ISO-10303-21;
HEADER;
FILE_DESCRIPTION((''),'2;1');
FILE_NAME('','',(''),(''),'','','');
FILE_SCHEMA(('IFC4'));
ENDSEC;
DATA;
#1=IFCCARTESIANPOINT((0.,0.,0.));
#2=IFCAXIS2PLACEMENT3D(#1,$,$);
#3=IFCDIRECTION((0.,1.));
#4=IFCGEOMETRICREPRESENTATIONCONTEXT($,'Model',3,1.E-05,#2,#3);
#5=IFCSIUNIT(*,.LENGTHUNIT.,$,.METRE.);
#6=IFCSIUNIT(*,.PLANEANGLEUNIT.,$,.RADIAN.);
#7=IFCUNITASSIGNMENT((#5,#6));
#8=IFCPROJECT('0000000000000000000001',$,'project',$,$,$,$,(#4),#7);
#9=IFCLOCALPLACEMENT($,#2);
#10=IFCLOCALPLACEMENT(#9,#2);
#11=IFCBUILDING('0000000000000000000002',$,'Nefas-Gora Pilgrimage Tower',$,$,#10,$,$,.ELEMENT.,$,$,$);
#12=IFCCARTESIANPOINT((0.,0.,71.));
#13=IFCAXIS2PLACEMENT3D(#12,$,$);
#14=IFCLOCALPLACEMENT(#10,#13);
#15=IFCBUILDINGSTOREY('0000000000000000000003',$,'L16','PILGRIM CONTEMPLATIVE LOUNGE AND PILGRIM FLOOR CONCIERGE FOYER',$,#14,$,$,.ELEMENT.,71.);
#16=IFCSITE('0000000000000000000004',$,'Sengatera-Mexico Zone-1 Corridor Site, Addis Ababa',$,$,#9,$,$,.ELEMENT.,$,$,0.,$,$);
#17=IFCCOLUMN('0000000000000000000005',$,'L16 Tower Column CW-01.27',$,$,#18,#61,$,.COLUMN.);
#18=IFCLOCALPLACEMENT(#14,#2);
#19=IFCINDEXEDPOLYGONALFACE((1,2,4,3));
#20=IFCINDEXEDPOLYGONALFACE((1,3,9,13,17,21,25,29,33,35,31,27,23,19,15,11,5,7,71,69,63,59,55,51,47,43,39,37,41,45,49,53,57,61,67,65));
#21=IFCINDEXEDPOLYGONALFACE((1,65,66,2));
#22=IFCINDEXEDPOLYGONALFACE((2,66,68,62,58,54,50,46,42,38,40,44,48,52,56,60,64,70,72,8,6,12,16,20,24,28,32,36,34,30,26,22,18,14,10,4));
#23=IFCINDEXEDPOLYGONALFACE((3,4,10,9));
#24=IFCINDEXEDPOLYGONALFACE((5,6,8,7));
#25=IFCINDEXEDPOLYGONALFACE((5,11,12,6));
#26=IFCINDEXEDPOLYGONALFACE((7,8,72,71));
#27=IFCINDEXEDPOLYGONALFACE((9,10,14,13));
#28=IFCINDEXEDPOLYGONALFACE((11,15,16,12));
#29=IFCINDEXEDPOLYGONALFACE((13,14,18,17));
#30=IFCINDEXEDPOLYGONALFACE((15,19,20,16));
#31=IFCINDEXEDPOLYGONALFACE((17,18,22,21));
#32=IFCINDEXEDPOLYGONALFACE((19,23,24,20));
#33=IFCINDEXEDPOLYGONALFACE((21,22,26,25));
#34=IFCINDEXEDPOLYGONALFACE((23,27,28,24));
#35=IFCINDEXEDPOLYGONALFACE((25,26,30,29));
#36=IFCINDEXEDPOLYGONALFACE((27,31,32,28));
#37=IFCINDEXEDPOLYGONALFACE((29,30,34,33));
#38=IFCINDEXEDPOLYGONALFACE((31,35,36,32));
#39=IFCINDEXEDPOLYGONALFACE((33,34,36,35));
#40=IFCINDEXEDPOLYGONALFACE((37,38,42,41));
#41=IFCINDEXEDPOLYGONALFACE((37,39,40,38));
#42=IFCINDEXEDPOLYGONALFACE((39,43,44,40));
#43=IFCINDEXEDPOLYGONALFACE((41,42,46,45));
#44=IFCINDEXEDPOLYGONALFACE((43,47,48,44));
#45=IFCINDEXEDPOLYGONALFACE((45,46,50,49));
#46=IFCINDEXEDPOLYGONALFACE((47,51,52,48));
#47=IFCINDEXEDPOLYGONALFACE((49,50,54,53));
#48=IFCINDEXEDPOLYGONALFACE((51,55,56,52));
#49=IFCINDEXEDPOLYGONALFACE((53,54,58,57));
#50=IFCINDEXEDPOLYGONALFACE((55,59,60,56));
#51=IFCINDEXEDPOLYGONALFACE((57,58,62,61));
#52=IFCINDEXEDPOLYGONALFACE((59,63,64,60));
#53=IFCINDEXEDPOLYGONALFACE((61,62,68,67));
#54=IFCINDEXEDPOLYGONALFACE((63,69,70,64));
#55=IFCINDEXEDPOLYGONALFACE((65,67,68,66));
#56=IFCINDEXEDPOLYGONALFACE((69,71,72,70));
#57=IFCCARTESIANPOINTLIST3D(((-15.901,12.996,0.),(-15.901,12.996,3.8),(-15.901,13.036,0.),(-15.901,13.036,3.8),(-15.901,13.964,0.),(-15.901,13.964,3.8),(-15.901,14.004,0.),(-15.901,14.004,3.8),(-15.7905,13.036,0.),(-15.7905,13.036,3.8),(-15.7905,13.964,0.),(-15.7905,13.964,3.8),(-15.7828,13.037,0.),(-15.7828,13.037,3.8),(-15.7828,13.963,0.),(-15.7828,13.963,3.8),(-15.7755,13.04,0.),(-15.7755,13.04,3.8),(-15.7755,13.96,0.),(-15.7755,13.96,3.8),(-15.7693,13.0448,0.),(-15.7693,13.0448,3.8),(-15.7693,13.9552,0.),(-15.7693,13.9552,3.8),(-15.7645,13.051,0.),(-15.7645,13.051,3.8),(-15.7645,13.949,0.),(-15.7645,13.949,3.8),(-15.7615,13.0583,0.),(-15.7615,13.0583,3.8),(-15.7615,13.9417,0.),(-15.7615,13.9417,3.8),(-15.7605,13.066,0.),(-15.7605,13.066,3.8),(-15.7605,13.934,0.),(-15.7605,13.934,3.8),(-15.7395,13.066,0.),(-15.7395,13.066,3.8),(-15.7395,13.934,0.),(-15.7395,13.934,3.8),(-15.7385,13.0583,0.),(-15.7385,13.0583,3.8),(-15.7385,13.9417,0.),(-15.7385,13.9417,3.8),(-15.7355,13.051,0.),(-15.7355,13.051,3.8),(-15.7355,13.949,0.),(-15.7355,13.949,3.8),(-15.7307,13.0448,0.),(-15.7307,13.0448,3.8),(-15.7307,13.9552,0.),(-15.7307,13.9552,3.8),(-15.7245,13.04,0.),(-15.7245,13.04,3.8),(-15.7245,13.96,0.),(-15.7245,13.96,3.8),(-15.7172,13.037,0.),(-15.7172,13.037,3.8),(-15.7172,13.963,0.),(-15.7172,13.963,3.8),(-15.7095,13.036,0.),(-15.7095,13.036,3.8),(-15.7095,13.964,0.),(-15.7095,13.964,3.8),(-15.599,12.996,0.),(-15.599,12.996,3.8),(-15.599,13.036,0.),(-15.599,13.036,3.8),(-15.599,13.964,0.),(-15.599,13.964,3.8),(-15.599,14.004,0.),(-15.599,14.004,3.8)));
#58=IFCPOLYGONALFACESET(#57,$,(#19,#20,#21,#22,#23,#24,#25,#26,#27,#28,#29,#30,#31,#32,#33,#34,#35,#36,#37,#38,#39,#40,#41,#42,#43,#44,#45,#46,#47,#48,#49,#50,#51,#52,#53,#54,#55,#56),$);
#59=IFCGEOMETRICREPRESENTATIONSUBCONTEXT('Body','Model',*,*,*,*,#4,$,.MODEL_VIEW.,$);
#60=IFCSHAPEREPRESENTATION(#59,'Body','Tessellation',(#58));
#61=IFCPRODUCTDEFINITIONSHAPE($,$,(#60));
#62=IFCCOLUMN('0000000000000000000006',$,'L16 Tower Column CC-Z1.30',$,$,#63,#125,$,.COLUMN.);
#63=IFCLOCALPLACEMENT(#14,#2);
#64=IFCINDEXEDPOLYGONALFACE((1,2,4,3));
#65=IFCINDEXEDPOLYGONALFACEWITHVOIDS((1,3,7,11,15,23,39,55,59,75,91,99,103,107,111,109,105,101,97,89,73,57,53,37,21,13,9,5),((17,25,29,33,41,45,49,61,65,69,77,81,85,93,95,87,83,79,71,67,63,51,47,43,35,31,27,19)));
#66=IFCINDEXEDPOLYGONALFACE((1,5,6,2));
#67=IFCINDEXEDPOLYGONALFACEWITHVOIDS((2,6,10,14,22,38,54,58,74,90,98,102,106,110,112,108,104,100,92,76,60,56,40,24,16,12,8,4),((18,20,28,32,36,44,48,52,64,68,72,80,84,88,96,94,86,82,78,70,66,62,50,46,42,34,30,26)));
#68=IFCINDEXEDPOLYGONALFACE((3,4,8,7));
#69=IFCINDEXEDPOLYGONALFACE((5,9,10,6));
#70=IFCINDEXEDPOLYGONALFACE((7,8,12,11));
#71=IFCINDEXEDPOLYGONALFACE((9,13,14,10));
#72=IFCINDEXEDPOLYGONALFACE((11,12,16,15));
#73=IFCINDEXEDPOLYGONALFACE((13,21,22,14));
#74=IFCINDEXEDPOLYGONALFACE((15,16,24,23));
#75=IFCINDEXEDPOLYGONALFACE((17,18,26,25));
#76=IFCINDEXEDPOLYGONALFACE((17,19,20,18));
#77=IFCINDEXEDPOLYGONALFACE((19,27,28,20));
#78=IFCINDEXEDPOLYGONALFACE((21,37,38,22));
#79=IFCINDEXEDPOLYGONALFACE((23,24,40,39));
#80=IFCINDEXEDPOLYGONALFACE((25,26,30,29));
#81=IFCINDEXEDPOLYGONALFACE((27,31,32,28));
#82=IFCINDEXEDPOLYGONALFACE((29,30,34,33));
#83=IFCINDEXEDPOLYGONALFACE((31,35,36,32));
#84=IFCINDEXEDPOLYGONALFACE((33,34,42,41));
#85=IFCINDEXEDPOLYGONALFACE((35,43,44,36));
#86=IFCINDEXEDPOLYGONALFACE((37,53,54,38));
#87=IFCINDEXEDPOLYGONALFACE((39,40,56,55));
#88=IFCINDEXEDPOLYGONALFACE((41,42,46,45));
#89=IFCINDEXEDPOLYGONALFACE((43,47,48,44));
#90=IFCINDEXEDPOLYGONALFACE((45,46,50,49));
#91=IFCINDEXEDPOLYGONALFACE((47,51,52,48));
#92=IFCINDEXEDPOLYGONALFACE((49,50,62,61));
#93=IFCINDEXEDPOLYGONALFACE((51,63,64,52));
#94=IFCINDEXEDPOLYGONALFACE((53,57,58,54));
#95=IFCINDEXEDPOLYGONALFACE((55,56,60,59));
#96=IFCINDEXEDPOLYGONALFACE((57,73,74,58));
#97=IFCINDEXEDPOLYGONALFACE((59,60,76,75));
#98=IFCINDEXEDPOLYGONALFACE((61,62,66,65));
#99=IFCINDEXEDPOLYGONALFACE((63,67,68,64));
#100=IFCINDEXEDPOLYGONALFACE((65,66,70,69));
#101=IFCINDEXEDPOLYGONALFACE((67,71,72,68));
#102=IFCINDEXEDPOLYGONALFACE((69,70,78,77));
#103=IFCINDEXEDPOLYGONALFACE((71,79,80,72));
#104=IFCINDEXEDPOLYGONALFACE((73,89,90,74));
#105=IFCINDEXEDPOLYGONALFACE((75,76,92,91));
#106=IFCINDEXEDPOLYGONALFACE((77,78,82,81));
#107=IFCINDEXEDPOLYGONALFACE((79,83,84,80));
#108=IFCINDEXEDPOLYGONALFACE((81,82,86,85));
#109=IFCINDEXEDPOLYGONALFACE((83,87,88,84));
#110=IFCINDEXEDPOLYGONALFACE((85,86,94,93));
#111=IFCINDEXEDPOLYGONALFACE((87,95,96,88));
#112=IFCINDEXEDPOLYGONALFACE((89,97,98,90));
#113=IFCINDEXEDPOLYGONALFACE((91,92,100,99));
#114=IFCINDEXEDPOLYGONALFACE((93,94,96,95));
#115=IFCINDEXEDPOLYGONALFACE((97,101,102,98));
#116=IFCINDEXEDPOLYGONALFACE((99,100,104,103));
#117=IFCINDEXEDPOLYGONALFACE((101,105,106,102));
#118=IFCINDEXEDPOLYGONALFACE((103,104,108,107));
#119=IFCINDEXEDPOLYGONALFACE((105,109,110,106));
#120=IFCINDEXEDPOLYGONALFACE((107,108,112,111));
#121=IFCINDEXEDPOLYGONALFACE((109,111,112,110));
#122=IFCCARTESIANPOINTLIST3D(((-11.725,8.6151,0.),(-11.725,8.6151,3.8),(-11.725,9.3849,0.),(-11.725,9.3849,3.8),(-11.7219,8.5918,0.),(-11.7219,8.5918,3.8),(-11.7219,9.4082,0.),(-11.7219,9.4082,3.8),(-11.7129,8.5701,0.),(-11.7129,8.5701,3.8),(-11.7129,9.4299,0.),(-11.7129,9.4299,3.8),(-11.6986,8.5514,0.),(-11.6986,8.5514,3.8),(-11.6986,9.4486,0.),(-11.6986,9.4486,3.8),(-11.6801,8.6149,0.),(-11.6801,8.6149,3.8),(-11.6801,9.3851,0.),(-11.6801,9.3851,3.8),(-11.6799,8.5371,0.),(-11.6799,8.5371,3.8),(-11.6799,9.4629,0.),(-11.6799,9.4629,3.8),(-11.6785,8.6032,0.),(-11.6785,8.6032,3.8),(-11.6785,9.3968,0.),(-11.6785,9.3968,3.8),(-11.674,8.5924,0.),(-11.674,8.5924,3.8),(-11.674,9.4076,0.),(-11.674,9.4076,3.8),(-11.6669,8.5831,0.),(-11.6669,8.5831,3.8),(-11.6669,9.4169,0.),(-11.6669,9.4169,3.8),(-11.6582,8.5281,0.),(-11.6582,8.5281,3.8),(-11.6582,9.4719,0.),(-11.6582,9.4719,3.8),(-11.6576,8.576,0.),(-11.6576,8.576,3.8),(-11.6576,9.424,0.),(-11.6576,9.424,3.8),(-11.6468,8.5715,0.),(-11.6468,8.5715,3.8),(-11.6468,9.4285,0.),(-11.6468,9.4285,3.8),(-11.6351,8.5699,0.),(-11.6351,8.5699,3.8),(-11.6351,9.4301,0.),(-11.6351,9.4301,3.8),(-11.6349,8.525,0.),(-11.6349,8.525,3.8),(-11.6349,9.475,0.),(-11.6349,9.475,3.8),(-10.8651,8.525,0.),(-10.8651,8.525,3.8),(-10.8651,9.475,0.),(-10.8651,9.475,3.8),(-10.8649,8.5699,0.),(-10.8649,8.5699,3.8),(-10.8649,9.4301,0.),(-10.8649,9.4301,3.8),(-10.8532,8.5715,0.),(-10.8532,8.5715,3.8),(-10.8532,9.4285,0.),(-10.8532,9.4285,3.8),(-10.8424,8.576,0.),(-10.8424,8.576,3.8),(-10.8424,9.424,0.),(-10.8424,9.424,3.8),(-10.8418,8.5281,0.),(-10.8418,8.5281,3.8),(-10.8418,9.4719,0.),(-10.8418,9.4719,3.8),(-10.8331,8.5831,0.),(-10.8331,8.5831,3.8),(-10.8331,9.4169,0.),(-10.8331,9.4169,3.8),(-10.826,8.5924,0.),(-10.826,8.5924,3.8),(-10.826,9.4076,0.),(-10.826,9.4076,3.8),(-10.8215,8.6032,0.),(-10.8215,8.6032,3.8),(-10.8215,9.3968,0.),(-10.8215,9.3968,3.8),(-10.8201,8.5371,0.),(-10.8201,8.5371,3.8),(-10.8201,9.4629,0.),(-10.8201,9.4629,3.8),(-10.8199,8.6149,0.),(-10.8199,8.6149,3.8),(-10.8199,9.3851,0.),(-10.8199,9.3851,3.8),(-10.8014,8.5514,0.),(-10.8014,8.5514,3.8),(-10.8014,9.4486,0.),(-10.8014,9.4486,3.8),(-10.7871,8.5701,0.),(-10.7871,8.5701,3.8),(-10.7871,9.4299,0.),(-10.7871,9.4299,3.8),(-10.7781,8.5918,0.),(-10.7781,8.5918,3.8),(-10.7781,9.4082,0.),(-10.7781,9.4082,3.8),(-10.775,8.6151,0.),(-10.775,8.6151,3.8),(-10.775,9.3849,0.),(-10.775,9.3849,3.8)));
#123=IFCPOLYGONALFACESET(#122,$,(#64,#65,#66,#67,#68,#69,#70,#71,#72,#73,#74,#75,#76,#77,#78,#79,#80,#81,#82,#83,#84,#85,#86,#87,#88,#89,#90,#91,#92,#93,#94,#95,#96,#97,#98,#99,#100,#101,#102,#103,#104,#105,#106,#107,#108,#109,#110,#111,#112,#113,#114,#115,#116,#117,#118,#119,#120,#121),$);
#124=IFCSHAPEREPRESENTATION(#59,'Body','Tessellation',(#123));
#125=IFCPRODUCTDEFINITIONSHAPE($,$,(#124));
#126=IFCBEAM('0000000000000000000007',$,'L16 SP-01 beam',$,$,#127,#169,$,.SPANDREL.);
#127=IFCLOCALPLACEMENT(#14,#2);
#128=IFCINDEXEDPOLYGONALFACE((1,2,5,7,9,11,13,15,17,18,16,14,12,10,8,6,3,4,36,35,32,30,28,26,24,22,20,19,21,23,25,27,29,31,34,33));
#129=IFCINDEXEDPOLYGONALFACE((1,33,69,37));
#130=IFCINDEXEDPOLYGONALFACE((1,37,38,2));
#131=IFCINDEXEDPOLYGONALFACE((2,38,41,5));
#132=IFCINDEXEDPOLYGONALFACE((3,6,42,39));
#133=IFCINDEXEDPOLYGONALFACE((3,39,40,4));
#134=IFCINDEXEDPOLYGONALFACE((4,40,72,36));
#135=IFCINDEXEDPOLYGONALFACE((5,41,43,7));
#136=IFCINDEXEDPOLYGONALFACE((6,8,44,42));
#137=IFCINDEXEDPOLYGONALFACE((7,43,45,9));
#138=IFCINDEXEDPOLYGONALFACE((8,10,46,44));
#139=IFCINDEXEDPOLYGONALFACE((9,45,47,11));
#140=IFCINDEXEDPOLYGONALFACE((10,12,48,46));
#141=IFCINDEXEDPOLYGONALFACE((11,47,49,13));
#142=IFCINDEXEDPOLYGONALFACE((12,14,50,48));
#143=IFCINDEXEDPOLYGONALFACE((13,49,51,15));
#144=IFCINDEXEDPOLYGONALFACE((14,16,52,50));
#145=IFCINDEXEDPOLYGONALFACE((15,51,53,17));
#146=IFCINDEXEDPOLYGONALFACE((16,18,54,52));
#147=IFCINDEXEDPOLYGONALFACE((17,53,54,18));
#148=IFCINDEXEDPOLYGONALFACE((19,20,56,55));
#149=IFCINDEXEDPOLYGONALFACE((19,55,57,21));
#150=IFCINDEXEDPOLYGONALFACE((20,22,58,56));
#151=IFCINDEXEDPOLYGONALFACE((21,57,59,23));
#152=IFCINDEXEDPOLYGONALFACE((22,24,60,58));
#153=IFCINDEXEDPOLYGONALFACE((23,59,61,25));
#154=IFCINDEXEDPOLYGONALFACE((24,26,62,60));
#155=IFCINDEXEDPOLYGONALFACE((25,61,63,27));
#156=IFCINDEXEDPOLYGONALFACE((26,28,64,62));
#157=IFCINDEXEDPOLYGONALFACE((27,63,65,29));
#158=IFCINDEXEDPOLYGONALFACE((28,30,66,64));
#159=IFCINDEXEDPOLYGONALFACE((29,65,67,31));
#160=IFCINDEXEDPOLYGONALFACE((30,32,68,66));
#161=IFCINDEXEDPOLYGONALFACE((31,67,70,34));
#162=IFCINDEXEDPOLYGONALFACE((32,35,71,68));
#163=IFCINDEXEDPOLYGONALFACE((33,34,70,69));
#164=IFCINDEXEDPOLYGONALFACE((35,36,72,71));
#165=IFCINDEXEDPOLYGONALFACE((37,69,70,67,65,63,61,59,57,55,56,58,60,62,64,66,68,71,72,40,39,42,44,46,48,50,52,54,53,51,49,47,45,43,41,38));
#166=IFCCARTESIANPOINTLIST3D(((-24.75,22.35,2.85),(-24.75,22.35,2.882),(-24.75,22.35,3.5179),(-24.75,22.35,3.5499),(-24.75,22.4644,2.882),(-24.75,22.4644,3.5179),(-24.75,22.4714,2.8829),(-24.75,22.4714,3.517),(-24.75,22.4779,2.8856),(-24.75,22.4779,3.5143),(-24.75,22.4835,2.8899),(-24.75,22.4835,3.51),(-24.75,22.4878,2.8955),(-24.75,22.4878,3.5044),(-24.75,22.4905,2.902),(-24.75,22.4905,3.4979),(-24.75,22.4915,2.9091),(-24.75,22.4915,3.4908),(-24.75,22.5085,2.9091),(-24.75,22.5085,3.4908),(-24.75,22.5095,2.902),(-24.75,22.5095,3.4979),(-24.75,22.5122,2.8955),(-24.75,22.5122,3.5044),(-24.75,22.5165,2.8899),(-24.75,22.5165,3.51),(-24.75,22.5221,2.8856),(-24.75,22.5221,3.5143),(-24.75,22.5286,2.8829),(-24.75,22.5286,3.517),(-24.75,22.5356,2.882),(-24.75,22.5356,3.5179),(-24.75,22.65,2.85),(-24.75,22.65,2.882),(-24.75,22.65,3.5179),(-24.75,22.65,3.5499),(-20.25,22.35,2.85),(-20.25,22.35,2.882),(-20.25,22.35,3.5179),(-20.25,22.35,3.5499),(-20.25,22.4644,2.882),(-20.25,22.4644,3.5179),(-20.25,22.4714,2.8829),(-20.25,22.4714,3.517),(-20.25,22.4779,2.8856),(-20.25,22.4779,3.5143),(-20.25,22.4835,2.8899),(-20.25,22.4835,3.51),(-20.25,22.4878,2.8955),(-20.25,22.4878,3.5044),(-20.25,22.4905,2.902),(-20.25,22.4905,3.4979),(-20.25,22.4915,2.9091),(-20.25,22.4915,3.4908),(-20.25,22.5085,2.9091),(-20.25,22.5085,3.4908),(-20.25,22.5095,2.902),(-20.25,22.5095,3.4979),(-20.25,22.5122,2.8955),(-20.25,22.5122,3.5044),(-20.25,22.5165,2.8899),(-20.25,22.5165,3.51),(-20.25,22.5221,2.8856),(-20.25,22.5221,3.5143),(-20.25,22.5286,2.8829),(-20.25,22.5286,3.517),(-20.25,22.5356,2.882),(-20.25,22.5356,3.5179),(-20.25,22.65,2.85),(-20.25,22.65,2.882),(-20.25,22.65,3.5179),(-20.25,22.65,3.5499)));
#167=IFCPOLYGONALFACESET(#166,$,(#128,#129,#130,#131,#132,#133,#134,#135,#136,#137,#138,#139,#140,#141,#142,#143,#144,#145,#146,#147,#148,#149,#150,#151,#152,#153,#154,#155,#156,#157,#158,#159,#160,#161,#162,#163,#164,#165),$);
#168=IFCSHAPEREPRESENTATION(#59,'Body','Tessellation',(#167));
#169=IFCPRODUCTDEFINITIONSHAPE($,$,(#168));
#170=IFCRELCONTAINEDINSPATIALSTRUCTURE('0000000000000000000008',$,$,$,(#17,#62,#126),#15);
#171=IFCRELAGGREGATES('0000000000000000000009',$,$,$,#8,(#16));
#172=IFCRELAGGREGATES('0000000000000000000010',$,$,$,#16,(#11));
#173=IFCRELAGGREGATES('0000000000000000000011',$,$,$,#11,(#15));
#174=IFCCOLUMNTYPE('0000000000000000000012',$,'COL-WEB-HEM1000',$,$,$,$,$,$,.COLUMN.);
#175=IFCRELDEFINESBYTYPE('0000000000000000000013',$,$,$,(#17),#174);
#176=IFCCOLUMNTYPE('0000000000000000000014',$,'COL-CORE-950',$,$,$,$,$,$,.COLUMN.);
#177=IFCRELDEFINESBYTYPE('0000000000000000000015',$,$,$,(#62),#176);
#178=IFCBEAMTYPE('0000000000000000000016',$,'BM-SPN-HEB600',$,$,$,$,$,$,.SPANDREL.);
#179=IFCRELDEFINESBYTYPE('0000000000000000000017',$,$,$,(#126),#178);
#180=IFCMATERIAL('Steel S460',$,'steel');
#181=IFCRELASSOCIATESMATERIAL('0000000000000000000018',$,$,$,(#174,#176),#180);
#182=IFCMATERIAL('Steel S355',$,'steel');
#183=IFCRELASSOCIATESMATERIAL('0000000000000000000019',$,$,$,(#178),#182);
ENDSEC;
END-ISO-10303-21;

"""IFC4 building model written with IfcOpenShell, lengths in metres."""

from ifc_helpers import new_model, si_unit, direction, frame, origin, origin_2d, place, context, subcontext, project, spatial, hollow_rectangle, i_section, extrude, source, transform, mapped, material, material_profile, profile_set, type_object, element, save


model = new_model("IFC4")

# Units and contexts
model_context = context("Model", 3, precision=1e-05, world=origin(), true_north=direction((0.0, 1.0)))
body_context = subcontext(model_context, "Body", "Model", "MODEL_VIEW")
ifc_project = project(units=[si_unit("LENGTHUNIT", "METRE"), si_unit("PLANEANGLEUNIT", "RADIAN")], contexts=[model_context])

# Site, building, storey
site_placement = place(None, origin())
site = spatial("IfcSite", under=ifc_project, at=site_placement, Name="Sengatera-Mexico Zone-1 Corridor Site, Addis Ababa", CompositionType="ELEMENT", RefElevation=0.0)
building_placement = place(site_placement, origin())
building = spatial("IfcBuilding", under=site, at=building_placement, Name="Nefas-Gora Pilgrimage Tower", CompositionType="ELEMENT")
storey_placement = place(building_placement, frame((0.0, 0.0, 71.0)))
storey = spatial("IfcBuildingStorey", under=building, at=storey_placement, Name="L16", Description="PILGRIM CONTEMPLATIVE LOUNGE AND PILGRIM FLOOR CONCIERGE FOYER", CompositionType="ELEMENT", Elevation=71.0)

# Columns
ifc_material_1 = material(Name="Steel S460", Category="steel")
ifc_material_profile_1 = material_profile(ifc_material_1, i_section(OverallWidth=0.302, OverallDepth=1.0081, WebThickness=0.021, FlangeThickness=0.04, FilletRadius=0.03, at=origin_2d()), Name="HEM 1000")
ifc_profile_set_1 = profile_set([ifc_material_profile_1], Name="Steel S460")
column_type_1 = type_object("IfcColumnType", Name="COL-WEB-HEM1000", PredefinedType="COLUMN", material=ifc_profile_set_1)
shared_shape_1 = source(origin(), body_context, "Body", "SweptSolid", [
    extrude(i_section(OverallWidth=0.302, OverallDepth=1.0081, WebThickness=0.021, FlangeThickness=0.04, FilletRadius=0.03, at=origin_2d()), origin(), (0.0, 0.0, 1.0), 3.8),
])
for number, where, z_axis, x_axis, name in (
    (1, (-15.75, 13.5, 0.0), (0.0, 0.0, 1.0), (1.0, 0.0, 0.0), "L16 Tower Column CW-01.27"),
):
    element("IfcColumn", number, at=place(storey_placement, frame(where, z_axis=z_axis, x_axis=x_axis)), inside=storey, type_object=column_type_1, Name=name, PredefinedType="COLUMN", context=body_context, shape_type="MappedRepresentation", body=[
        mapped(shared_shape_1, transform((0.0, 0.0, 0.0), x_axis=(1.0, 0.0, 0.0), y_axis=(0.0, 1.0, 0.0), z_axis=(0.0, 0.0, 1.0), scale=1.0)),
    ])
ifc_material_profile_2 = material_profile(ifc_material_1, hollow_rectangle(XDim=0.95, YDim=0.95, WallThickness=0.0449, InnerFilletRadius=0.0449, OuterFilletRadius=0.0901, at=origin_2d()), Name="BOX 950x950x45")
ifc_profile_set_2 = profile_set([ifc_material_profile_2], Name="Steel S460")
column_type_2 = type_object("IfcColumnType", Name="COL-CORE-950", PredefinedType="COLUMN", material=ifc_profile_set_2)
shared_shape_2 = source(origin(), body_context, "Body", "SweptSolid", [
    extrude(hollow_rectangle(XDim=0.95, YDim=0.95, WallThickness=0.0449, InnerFilletRadius=0.0449, OuterFilletRadius=0.0901, at=origin_2d()), origin(), (0.0, 0.0, 1.0), 3.8),
])
column_placement = place(storey_placement, frame((-11.25, 9.0, 0.0), z_axis=(0.0, 0.0, 1.0), x_axis=(1.0, 0.0, 0.0)))
element("IfcColumn", 2, at=column_placement, inside=storey, type_object=column_type_2, Name="L16 Tower Column CC-Z1.30", PredefinedType="COLUMN", context=body_context, shape_type="MappedRepresentation", body=[
    mapped(shared_shape_2, transform((0.0, 0.0, 0.0), x_axis=(1.0, 0.0, 0.0), y_axis=(0.0, 1.0, 0.0), z_axis=(0.0, 0.0, 1.0), scale=1.0)),
])

# Beam
ifc_material_2 = material(Name="Steel S355", Category="steel")
ifc_material_profile_3 = material_profile(ifc_material_2, i_section(OverallWidth=0.3, OverallDepth=0.7, WebThickness=0.0171, FlangeThickness=0.032, FilletRadius=0.0271, at=origin_2d()), Name="HEB 700")
ifc_profile_set_3 = profile_set([ifc_material_profile_3], Name="Steel S355")
beam_type_1 = type_object("IfcBeamType", Name="BM-SPN-HEB600", PredefinedType="SPANDREL", material=ifc_profile_set_3)
shared_shape_3 = source(origin(), body_context, "Body", "SweptSolid", [
    extrude(i_section(OverallWidth=0.3, OverallDepth=0.7, WebThickness=0.0171, FlangeThickness=0.032, FilletRadius=0.0271, at=origin_2d()), origin(), (0.0, 0.0, 1.0), 4.5),
])
beam_placement = place(storey_placement, frame((-24.75, 22.5, 3.2), z_axis=(1.0, 0.0, 0.0), x_axis=(0.0, 1.0, 0.0)))
element("IfcBeam", 3, at=beam_placement, inside=storey, type_object=beam_type_1, Name="L16 SP-01 beam", PredefinedType="SPANDREL", context=body_context, shape_type="MappedRepresentation", body=[
    mapped(shared_shape_3, transform((0.0, 0.0, 0.0), x_axis=(1.0, 0.0, 0.0), y_axis=(0.0, 1.0, 0.0), z_axis=(0.0, 0.0, 1.0), scale=1.0)),
])

save(model, "model.ifc")
